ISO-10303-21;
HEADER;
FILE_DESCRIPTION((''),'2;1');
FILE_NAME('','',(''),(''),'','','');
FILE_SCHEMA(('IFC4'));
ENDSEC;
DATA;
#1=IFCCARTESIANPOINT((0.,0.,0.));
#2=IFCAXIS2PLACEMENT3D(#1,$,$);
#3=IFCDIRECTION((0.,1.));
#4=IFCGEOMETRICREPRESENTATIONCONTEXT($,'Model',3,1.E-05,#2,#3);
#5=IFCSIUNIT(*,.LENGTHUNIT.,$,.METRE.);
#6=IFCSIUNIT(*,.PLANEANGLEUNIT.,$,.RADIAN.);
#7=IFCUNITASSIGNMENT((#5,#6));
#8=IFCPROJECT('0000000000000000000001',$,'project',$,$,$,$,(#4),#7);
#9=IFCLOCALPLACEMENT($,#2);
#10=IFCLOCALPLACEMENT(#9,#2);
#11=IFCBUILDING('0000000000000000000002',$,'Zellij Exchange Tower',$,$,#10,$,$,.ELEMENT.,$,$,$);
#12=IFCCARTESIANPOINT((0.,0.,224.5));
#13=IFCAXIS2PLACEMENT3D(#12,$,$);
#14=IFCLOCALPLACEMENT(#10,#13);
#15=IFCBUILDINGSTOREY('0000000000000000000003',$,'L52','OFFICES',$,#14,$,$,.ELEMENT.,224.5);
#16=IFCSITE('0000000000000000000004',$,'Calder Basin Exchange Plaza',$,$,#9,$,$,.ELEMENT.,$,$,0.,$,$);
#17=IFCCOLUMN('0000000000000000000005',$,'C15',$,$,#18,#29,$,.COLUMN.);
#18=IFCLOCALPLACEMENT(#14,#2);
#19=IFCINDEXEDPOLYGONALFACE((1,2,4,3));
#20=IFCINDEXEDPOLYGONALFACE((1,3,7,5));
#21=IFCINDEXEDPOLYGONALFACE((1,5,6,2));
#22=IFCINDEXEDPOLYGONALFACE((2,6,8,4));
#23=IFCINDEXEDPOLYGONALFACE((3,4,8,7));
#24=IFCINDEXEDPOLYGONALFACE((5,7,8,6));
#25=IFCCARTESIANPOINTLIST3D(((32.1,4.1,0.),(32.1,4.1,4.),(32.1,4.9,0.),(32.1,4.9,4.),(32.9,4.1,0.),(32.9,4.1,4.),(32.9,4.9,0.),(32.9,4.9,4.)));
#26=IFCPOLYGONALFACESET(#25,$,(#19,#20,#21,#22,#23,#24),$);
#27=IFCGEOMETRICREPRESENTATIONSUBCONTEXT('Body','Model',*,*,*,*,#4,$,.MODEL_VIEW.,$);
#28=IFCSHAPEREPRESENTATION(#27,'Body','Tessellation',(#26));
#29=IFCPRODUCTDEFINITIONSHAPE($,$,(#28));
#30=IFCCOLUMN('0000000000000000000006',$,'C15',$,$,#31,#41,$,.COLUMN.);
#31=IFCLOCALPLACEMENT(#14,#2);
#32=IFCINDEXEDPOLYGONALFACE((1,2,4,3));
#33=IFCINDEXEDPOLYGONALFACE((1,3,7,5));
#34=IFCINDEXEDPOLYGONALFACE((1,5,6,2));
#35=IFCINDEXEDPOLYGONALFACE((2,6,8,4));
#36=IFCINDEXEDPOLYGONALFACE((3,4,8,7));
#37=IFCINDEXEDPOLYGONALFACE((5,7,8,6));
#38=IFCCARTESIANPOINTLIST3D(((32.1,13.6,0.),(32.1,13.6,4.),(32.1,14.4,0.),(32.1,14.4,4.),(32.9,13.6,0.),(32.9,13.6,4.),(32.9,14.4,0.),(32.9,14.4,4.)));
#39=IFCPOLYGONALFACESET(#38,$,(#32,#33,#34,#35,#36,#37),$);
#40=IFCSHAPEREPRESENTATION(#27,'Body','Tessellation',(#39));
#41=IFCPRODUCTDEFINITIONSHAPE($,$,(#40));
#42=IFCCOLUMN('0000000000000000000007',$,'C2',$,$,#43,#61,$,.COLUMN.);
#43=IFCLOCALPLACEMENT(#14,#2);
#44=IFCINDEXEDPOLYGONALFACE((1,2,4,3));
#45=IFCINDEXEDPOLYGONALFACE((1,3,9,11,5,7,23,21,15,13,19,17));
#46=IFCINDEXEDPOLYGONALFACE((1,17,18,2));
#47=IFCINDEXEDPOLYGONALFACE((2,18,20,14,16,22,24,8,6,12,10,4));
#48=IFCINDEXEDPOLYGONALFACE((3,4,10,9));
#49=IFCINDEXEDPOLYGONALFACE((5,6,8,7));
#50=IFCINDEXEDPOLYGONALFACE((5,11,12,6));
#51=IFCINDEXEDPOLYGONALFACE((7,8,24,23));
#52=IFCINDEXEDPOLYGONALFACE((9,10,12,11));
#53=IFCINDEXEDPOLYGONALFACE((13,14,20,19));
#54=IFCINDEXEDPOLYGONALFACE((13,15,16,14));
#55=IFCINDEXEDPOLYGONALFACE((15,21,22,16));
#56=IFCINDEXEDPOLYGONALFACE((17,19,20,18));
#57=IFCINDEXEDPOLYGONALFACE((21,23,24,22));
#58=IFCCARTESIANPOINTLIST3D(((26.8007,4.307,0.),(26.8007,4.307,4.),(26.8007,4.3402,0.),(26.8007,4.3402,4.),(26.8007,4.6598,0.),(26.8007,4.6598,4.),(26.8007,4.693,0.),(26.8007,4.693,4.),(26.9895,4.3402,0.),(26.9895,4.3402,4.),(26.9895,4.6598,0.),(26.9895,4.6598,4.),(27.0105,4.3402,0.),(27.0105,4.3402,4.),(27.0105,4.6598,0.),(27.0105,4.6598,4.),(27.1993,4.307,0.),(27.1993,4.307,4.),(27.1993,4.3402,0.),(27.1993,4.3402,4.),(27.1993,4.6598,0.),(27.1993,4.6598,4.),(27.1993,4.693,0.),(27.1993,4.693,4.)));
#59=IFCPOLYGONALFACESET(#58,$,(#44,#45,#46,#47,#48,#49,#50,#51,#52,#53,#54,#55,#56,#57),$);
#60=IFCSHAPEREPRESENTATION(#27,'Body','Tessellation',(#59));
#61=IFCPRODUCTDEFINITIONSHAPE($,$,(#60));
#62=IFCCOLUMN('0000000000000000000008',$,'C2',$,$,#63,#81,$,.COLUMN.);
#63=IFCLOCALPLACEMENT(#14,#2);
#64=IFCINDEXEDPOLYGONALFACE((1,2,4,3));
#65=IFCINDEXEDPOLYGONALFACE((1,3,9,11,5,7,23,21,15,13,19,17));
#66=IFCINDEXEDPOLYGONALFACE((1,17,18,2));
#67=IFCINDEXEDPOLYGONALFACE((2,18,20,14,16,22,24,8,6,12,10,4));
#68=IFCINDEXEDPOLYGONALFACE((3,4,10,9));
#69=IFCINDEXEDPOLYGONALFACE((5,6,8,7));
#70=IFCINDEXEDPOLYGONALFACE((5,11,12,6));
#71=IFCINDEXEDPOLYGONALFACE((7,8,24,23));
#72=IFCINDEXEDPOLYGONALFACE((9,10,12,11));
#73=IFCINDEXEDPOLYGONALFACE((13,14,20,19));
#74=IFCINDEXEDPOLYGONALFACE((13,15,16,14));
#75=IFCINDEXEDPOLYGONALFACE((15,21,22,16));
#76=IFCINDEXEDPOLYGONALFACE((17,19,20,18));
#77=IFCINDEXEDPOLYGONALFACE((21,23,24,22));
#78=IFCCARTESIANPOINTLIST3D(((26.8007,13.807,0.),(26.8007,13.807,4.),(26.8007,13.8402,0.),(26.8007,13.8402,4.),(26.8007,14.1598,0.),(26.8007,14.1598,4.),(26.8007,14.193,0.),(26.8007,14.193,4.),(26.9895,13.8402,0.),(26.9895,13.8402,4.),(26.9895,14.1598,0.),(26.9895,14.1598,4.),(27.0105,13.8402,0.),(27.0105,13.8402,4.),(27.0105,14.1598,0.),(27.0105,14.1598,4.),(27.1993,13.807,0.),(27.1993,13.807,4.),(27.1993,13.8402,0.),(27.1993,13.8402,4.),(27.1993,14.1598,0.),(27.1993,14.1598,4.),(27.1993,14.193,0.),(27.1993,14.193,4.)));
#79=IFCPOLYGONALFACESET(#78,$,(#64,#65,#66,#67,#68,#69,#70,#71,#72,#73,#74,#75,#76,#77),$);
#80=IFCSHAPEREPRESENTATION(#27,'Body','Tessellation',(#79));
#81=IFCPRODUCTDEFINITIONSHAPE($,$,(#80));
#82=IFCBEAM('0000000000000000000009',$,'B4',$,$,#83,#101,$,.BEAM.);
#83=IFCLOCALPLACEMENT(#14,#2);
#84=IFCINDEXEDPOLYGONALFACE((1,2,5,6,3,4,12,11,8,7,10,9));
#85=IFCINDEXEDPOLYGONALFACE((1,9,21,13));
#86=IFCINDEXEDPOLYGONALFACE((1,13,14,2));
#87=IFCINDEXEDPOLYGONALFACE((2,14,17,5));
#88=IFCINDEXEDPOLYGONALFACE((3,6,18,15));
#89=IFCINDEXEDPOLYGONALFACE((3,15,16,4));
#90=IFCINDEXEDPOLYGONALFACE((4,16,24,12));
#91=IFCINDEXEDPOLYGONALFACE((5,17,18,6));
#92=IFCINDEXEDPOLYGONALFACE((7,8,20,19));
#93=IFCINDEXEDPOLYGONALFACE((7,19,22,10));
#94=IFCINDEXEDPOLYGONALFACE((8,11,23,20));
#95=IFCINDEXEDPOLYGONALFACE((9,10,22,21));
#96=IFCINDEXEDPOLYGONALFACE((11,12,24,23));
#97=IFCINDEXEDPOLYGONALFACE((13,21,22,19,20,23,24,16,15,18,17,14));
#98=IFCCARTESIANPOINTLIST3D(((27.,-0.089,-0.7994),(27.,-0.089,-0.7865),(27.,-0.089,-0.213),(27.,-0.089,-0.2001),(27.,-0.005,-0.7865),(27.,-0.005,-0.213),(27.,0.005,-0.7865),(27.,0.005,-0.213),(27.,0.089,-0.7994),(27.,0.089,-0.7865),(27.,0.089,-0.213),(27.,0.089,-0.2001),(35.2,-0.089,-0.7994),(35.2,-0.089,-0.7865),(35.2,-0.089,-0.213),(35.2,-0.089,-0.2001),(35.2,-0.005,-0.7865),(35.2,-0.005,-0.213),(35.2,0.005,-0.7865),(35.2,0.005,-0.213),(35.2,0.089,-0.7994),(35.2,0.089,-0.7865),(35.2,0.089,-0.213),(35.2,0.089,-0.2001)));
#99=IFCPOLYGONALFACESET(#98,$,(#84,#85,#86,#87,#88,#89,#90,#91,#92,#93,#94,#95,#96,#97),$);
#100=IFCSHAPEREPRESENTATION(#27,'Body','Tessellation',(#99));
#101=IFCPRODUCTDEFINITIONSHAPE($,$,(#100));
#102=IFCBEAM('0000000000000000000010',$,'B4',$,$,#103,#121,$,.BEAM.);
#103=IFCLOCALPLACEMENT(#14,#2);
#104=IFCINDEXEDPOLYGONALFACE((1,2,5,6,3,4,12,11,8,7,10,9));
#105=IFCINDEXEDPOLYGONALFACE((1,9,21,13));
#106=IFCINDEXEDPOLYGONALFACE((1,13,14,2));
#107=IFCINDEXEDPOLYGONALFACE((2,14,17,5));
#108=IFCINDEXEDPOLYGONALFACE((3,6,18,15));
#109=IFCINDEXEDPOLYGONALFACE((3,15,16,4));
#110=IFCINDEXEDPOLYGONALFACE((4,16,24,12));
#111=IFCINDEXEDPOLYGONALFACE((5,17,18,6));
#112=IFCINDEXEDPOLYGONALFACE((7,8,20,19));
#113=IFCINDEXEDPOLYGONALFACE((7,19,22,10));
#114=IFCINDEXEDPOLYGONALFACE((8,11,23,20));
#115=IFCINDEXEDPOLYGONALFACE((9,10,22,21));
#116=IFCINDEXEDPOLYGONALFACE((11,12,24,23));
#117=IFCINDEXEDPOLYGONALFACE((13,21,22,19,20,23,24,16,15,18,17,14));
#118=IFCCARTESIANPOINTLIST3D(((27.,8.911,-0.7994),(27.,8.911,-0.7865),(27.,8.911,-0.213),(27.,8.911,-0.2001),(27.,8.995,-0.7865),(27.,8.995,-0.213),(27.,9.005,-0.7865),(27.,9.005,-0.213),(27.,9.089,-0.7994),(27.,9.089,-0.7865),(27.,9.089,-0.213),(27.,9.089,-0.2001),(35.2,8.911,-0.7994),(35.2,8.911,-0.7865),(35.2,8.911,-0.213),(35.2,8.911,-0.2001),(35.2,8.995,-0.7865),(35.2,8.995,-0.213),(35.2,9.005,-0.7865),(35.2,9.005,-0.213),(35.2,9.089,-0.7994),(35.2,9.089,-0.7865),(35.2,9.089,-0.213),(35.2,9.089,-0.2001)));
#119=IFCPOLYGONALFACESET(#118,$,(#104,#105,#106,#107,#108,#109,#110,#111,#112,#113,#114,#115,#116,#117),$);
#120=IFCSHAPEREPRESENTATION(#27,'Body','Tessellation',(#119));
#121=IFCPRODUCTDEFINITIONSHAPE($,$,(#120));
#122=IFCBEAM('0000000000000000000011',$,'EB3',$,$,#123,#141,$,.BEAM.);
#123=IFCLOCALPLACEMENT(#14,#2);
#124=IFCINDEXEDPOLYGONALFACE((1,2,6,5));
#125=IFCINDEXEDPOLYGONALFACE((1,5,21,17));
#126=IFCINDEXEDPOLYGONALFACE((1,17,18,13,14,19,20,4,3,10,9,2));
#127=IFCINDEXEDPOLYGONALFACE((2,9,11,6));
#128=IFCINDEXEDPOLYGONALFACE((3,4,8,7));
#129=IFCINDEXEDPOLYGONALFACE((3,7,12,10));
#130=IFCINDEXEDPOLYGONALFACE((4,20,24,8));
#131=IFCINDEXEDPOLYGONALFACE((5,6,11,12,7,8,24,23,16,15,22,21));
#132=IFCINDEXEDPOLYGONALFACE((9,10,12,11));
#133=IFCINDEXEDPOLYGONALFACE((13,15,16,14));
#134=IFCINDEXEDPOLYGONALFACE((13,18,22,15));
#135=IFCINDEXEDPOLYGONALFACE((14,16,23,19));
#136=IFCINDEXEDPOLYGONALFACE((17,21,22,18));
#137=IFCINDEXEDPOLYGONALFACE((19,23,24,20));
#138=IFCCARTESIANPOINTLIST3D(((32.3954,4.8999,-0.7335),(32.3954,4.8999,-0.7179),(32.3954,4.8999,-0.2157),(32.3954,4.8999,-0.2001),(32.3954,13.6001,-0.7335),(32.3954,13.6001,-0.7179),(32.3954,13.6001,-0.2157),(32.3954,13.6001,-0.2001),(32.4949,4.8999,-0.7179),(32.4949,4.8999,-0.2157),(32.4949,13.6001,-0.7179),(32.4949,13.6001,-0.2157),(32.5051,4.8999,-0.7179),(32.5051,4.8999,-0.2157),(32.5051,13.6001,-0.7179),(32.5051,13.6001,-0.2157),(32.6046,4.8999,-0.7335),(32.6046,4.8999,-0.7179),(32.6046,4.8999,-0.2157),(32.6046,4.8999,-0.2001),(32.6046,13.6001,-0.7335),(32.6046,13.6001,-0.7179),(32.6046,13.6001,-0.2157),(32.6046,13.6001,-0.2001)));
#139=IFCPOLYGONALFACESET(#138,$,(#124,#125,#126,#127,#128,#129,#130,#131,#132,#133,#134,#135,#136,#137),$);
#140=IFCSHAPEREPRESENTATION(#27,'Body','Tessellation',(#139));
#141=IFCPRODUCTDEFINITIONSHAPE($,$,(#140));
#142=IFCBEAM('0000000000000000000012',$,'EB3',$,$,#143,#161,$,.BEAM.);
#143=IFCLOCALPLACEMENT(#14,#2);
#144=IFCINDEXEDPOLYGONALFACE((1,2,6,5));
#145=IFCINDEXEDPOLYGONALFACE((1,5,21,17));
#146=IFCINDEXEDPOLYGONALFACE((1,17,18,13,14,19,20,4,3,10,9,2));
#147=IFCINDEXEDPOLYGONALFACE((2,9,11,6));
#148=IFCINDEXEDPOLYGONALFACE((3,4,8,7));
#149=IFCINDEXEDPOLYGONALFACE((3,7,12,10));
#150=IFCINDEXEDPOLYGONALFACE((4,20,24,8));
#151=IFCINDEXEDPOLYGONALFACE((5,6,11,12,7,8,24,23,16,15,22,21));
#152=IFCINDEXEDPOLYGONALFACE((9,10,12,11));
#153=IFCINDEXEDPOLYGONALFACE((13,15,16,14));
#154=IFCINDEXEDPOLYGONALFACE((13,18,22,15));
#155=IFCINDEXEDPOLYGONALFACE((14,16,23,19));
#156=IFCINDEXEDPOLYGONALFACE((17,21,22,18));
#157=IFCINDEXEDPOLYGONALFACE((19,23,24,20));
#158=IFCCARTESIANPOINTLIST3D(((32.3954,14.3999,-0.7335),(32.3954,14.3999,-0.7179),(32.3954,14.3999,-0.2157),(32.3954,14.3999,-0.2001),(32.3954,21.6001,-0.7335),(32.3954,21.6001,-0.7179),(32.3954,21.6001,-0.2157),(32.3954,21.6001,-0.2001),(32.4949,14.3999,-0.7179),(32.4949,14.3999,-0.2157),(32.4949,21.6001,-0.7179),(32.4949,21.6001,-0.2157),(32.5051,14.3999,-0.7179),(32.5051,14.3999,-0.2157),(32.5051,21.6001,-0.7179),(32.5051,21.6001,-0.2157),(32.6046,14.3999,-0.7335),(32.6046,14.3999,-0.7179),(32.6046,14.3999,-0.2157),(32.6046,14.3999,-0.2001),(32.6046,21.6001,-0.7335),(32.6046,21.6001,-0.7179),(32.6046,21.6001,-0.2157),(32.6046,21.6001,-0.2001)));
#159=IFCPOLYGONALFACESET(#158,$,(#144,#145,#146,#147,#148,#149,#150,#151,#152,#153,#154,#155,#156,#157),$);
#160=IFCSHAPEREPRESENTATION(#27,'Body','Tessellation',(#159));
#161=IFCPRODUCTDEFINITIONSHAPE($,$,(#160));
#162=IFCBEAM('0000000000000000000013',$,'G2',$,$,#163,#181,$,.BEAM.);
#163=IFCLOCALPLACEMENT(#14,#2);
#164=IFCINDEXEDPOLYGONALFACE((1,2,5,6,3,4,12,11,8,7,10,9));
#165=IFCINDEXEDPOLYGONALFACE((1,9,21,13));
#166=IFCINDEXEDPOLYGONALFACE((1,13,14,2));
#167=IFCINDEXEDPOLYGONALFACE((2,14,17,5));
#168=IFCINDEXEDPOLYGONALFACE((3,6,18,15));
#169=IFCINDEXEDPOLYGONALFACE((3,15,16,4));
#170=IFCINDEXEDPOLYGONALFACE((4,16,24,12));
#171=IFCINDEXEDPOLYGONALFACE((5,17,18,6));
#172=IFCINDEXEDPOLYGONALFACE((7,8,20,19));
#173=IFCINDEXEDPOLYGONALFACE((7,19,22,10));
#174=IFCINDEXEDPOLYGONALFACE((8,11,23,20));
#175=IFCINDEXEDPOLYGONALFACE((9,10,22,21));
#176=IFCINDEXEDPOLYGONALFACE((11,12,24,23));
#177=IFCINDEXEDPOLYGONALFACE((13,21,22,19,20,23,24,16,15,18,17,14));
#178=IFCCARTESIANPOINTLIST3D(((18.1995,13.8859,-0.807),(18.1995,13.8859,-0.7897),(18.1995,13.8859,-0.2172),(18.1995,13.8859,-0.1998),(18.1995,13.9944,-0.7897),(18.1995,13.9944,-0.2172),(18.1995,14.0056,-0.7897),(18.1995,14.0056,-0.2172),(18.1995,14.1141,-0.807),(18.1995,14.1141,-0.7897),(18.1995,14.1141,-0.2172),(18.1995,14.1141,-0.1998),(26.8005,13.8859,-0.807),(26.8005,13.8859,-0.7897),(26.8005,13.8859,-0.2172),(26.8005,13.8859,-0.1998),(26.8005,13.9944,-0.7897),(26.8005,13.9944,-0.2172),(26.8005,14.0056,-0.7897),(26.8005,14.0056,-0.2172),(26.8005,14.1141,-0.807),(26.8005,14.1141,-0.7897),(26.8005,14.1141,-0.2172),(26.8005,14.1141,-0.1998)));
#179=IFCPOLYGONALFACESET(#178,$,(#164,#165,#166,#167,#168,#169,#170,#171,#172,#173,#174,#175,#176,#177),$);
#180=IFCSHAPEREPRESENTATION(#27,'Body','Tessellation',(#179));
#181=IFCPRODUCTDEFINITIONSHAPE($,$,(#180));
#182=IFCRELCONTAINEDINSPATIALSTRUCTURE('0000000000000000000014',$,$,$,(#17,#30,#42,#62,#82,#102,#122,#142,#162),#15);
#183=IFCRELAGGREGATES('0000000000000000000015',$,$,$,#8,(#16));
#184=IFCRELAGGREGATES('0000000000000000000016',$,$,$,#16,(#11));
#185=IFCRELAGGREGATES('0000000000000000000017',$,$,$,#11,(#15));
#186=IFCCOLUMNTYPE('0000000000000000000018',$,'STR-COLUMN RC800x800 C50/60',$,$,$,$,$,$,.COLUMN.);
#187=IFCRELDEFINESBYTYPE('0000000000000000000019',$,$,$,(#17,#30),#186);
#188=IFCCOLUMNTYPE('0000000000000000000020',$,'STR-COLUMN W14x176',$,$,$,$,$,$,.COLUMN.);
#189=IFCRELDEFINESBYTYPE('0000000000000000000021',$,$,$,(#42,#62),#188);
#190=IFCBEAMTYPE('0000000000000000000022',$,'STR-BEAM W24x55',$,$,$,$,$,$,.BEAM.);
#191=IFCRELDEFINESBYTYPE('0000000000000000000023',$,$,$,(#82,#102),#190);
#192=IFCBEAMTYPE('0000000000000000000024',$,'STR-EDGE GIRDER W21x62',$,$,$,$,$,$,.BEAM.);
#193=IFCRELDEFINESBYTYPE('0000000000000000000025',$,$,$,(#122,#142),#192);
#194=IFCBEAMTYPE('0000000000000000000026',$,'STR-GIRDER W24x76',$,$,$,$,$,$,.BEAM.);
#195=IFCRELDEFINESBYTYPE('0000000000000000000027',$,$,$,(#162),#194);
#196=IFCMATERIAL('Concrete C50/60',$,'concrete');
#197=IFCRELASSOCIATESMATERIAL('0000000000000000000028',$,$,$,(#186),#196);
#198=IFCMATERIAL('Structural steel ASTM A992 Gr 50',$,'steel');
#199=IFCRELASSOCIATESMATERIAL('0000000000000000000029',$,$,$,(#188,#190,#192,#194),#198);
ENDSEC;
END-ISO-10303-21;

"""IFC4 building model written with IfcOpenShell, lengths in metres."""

from ifc_helpers import new_model, si_unit, direction, frame, origin, origin_2d, place, context, subcontext, project, spatial, rectangle, i_section, extrude, material, material_profile, profile_set, type_object, element, save


model = new_model("IFC4")

# Units and contexts
model_context = context("Model", 3, precision=1e-05, world=origin(), true_north=direction((0.0, 1.0)))
body_context = subcontext(model_context, "Body", "Model", "MODEL_VIEW")
ifc_project = project(units=[si_unit("LENGTHUNIT", "METRE"), si_unit("PLANEANGLEUNIT", "RADIAN")], contexts=[model_context])

# Site, building, storey
site_placement = place(None, origin())
site = spatial("IfcSite", under=ifc_project, at=site_placement, Name="Calder Basin Exchange Plaza", CompositionType="ELEMENT", RefElevation=0.0)
building_placement = place(site_placement, origin())
building = spatial("IfcBuilding", under=site, at=building_placement, Name="Zellij Exchange Tower", CompositionType="ELEMENT")
storey_placement = place(building_placement, frame((0.0, 0.0, 224.5)))
storey = spatial("IfcBuildingStorey", under=building, at=storey_placement, Name="L52", Description="OFFICES", CompositionType="ELEMENT", Elevation=224.5)

# Columns
ifc_material_1 = material(Name="Concrete C50/60", Category="concrete")
ifc_material_profile_1 = material_profile(ifc_material_1, rectangle(XDim=0.8, YDim=0.8, at=origin_2d()), Name="STR-COLUMN RC800x800 C50/60")
ifc_profile_set_1 = profile_set([ifc_material_profile_1], Name="Concrete C50/60")
column_type_1 = type_object("IfcColumnType", Name="STR-COLUMN RC800x800 C50/60", PredefinedType="COLUMN", material=ifc_profile_set_1)
for number, where, z_axis, x_axis, name in (
    (1, (32.5, 4.5, 0.0), (0.0, 0.0, 1.0), (1.0, 0.0, 0.0), "C15"),
    (2, (32.5, 14.0, 0.0), (0.0, 0.0, 1.0), (1.0, 0.0, 0.0), "C15"),
):
    element("IfcColumn", number, at=place(storey_placement, frame(where, z_axis=z_axis, x_axis=x_axis)), inside=storey, type_object=column_type_1, Name=name, PredefinedType="COLUMN", context=body_context, shape_type="SweptSolid", body=[
        extrude(rectangle(XDim=0.8, YDim=0.8, at=origin_2d()), origin(), (0.0, 0.0, 1.0), 4.0),
    ])
ifc_material_2 = material(Name="Structural steel ASTM A992 Gr 50", Category="steel")
ifc_material_profile_2 = material_profile(ifc_material_2, i_section(OverallWidth=0.3987, OverallDepth=0.386, WebThickness=0.021, FlangeThickness=0.0332, at=origin_2d()), Name="W14x176")
ifc_profile_set_2 = profile_set([ifc_material_profile_2], Name="Structural steel ASTM A992 Gr 50")
column_type_2 = type_object("IfcColumnType", Name="STR-COLUMN W14x176", PredefinedType="COLUMN", material=ifc_profile_set_2)
for number, where, z_axis, x_axis, name in (
    (3, (27.0, 4.5, 0.0), (0.0, 0.0, 1.0), (1.0, 0.0, 0.0), "C2"),
    (4, (27.0, 14.0, 0.0), (0.0, 0.0, 1.0), (1.0, 0.0, 0.0), "C2"),
):
    element("IfcColumn", number, at=place(storey_placement, frame(where, z_axis=z_axis, x_axis=x_axis)), inside=storey, type_object=column_type_2, Name=name, PredefinedType="COLUMN", context=body_context, shape_type="SweptSolid", body=[
        extrude(i_section(OverallWidth=0.3987, OverallDepth=0.386, WebThickness=0.021, FlangeThickness=0.0332, at=origin_2d()), origin(), (0.0, 0.0, 1.0), 4.0),
    ])

# Beams
ifc_material_profile_3 = material_profile(ifc_material_2, i_section(OverallWidth=0.178, OverallDepth=0.5994, WebThickness=0.01, FlangeThickness=0.0129, at=origin_2d()), Name="W24x55")
ifc_profile_set_3 = profile_set([ifc_material_profile_3], Name="Structural steel ASTM A992 Gr 50")
beam_type_1 = type_object("IfcBeamType", Name="STR-BEAM W24x55", PredefinedType="BEAM", material=ifc_profile_set_3)
for number, where, z_axis, x_axis, name in (
    (5, (27.0, 0.0, -0.4998), (1.0, 0.0, 0.0), (0.0, 1.0, 0.0), "B4"),
    (6, (27.0, 9.0, -0.4998), (1.0, 0.0, 0.0), (0.0, 1.0, 0.0), "B4"),
):
    element("IfcBeam", number, at=place(storey_placement, frame(where, z_axis=z_axis, x_axis=x_axis)), inside=storey, type_object=beam_type_1, Name=name, PredefinedType="BEAM", context=body_context, shape_type="SweptSolid", body=[
        extrude(i_section(OverallWidth=0.178, OverallDepth=0.5994, WebThickness=0.01, FlangeThickness=0.0129, at=origin_2d()), origin(), (0.0, 0.0, 1.0), 8.2),
    ])
ifc_material_profile_4 = material_profile(ifc_material_2, i_section(OverallWidth=0.2092, OverallDepth=0.5334, WebThickness=0.0103, FlangeThickness=0.0156, at=origin_2d()), Name="W21x62")
ifc_profile_set_4 = profile_set([ifc_material_profile_4], Name="Structural steel ASTM A992 Gr 50")
beam_type_2 = type_object("IfcBeamType", Name="STR-EDGE GIRDER W21x62", PredefinedType="BEAM", material=ifc_profile_set_4)
beam_1_placement = place(storey_placement, frame((32.5, 4.8999, -0.4668), z_axis=(0.0, 1.0, 0.0), x_axis=(-1.0, 0.0, 0.0)))
element("IfcBeam", 7, at=beam_1_placement, inside=storey, type_object=beam_type_2, Name="EB3", PredefinedType="BEAM", context=body_context, shape_type="SweptSolid", body=[
    extrude(i_section(OverallWidth=0.2092, OverallDepth=0.5334, WebThickness=0.0103, FlangeThickness=0.0156, at=origin_2d()), origin(), (0.0, 0.0, 1.0), 8.7002),
])
beam_2_placement = place(storey_placement, frame((32.5, 14.3999, -0.4668), z_axis=(0.0, 1.0, 0.0), x_axis=(-1.0, 0.0, 0.0)))
element("IfcBeam", 8, at=beam_2_placement, inside=storey, type_object=beam_type_2, Name="EB3", PredefinedType="BEAM", context=body_context, shape_type="SweptSolid", body=[
    extrude(i_section(OverallWidth=0.2092, OverallDepth=0.5334, WebThickness=0.0103, FlangeThickness=0.0156, at=origin_2d()), origin(), (0.0, 0.0, 1.0), 7.2002),
])
ifc_material_profile_5 = material_profile(ifc_material_2, i_section(OverallWidth=0.2283, OverallDepth=0.6072, WebThickness=0.0112, FlangeThickness=0.0173, at=origin_2d()), Name="W24x76")
ifc_profile_set_5 = profile_set([ifc_material_profile_5], Name="Structural steel ASTM A992 Gr 50")
beam_type_3 = type_object("IfcBeamType", Name="STR-GIRDER W24x76", PredefinedType="BEAM", material=ifc_profile_set_5)
beam_3_placement = place(storey_placement, frame((18.1995, 14.0, -0.5034), z_axis=(1.0, 0.0, 0.0), x_axis=(0.0, 1.0, 0.0)))
element("IfcBeam", 9, at=beam_3_placement, inside=storey, type_object=beam_type_3, Name="G2", PredefinedType="BEAM", context=body_context, shape_type="SweptSolid", body=[
    extrude(i_section(OverallWidth=0.2283, OverallDepth=0.6072, WebThickness=0.0112, FlangeThickness=0.0173, at=origin_2d()), origin(), (0.0, 0.0, 1.0), 8.6011),
])

save(model, "model.ifc")
